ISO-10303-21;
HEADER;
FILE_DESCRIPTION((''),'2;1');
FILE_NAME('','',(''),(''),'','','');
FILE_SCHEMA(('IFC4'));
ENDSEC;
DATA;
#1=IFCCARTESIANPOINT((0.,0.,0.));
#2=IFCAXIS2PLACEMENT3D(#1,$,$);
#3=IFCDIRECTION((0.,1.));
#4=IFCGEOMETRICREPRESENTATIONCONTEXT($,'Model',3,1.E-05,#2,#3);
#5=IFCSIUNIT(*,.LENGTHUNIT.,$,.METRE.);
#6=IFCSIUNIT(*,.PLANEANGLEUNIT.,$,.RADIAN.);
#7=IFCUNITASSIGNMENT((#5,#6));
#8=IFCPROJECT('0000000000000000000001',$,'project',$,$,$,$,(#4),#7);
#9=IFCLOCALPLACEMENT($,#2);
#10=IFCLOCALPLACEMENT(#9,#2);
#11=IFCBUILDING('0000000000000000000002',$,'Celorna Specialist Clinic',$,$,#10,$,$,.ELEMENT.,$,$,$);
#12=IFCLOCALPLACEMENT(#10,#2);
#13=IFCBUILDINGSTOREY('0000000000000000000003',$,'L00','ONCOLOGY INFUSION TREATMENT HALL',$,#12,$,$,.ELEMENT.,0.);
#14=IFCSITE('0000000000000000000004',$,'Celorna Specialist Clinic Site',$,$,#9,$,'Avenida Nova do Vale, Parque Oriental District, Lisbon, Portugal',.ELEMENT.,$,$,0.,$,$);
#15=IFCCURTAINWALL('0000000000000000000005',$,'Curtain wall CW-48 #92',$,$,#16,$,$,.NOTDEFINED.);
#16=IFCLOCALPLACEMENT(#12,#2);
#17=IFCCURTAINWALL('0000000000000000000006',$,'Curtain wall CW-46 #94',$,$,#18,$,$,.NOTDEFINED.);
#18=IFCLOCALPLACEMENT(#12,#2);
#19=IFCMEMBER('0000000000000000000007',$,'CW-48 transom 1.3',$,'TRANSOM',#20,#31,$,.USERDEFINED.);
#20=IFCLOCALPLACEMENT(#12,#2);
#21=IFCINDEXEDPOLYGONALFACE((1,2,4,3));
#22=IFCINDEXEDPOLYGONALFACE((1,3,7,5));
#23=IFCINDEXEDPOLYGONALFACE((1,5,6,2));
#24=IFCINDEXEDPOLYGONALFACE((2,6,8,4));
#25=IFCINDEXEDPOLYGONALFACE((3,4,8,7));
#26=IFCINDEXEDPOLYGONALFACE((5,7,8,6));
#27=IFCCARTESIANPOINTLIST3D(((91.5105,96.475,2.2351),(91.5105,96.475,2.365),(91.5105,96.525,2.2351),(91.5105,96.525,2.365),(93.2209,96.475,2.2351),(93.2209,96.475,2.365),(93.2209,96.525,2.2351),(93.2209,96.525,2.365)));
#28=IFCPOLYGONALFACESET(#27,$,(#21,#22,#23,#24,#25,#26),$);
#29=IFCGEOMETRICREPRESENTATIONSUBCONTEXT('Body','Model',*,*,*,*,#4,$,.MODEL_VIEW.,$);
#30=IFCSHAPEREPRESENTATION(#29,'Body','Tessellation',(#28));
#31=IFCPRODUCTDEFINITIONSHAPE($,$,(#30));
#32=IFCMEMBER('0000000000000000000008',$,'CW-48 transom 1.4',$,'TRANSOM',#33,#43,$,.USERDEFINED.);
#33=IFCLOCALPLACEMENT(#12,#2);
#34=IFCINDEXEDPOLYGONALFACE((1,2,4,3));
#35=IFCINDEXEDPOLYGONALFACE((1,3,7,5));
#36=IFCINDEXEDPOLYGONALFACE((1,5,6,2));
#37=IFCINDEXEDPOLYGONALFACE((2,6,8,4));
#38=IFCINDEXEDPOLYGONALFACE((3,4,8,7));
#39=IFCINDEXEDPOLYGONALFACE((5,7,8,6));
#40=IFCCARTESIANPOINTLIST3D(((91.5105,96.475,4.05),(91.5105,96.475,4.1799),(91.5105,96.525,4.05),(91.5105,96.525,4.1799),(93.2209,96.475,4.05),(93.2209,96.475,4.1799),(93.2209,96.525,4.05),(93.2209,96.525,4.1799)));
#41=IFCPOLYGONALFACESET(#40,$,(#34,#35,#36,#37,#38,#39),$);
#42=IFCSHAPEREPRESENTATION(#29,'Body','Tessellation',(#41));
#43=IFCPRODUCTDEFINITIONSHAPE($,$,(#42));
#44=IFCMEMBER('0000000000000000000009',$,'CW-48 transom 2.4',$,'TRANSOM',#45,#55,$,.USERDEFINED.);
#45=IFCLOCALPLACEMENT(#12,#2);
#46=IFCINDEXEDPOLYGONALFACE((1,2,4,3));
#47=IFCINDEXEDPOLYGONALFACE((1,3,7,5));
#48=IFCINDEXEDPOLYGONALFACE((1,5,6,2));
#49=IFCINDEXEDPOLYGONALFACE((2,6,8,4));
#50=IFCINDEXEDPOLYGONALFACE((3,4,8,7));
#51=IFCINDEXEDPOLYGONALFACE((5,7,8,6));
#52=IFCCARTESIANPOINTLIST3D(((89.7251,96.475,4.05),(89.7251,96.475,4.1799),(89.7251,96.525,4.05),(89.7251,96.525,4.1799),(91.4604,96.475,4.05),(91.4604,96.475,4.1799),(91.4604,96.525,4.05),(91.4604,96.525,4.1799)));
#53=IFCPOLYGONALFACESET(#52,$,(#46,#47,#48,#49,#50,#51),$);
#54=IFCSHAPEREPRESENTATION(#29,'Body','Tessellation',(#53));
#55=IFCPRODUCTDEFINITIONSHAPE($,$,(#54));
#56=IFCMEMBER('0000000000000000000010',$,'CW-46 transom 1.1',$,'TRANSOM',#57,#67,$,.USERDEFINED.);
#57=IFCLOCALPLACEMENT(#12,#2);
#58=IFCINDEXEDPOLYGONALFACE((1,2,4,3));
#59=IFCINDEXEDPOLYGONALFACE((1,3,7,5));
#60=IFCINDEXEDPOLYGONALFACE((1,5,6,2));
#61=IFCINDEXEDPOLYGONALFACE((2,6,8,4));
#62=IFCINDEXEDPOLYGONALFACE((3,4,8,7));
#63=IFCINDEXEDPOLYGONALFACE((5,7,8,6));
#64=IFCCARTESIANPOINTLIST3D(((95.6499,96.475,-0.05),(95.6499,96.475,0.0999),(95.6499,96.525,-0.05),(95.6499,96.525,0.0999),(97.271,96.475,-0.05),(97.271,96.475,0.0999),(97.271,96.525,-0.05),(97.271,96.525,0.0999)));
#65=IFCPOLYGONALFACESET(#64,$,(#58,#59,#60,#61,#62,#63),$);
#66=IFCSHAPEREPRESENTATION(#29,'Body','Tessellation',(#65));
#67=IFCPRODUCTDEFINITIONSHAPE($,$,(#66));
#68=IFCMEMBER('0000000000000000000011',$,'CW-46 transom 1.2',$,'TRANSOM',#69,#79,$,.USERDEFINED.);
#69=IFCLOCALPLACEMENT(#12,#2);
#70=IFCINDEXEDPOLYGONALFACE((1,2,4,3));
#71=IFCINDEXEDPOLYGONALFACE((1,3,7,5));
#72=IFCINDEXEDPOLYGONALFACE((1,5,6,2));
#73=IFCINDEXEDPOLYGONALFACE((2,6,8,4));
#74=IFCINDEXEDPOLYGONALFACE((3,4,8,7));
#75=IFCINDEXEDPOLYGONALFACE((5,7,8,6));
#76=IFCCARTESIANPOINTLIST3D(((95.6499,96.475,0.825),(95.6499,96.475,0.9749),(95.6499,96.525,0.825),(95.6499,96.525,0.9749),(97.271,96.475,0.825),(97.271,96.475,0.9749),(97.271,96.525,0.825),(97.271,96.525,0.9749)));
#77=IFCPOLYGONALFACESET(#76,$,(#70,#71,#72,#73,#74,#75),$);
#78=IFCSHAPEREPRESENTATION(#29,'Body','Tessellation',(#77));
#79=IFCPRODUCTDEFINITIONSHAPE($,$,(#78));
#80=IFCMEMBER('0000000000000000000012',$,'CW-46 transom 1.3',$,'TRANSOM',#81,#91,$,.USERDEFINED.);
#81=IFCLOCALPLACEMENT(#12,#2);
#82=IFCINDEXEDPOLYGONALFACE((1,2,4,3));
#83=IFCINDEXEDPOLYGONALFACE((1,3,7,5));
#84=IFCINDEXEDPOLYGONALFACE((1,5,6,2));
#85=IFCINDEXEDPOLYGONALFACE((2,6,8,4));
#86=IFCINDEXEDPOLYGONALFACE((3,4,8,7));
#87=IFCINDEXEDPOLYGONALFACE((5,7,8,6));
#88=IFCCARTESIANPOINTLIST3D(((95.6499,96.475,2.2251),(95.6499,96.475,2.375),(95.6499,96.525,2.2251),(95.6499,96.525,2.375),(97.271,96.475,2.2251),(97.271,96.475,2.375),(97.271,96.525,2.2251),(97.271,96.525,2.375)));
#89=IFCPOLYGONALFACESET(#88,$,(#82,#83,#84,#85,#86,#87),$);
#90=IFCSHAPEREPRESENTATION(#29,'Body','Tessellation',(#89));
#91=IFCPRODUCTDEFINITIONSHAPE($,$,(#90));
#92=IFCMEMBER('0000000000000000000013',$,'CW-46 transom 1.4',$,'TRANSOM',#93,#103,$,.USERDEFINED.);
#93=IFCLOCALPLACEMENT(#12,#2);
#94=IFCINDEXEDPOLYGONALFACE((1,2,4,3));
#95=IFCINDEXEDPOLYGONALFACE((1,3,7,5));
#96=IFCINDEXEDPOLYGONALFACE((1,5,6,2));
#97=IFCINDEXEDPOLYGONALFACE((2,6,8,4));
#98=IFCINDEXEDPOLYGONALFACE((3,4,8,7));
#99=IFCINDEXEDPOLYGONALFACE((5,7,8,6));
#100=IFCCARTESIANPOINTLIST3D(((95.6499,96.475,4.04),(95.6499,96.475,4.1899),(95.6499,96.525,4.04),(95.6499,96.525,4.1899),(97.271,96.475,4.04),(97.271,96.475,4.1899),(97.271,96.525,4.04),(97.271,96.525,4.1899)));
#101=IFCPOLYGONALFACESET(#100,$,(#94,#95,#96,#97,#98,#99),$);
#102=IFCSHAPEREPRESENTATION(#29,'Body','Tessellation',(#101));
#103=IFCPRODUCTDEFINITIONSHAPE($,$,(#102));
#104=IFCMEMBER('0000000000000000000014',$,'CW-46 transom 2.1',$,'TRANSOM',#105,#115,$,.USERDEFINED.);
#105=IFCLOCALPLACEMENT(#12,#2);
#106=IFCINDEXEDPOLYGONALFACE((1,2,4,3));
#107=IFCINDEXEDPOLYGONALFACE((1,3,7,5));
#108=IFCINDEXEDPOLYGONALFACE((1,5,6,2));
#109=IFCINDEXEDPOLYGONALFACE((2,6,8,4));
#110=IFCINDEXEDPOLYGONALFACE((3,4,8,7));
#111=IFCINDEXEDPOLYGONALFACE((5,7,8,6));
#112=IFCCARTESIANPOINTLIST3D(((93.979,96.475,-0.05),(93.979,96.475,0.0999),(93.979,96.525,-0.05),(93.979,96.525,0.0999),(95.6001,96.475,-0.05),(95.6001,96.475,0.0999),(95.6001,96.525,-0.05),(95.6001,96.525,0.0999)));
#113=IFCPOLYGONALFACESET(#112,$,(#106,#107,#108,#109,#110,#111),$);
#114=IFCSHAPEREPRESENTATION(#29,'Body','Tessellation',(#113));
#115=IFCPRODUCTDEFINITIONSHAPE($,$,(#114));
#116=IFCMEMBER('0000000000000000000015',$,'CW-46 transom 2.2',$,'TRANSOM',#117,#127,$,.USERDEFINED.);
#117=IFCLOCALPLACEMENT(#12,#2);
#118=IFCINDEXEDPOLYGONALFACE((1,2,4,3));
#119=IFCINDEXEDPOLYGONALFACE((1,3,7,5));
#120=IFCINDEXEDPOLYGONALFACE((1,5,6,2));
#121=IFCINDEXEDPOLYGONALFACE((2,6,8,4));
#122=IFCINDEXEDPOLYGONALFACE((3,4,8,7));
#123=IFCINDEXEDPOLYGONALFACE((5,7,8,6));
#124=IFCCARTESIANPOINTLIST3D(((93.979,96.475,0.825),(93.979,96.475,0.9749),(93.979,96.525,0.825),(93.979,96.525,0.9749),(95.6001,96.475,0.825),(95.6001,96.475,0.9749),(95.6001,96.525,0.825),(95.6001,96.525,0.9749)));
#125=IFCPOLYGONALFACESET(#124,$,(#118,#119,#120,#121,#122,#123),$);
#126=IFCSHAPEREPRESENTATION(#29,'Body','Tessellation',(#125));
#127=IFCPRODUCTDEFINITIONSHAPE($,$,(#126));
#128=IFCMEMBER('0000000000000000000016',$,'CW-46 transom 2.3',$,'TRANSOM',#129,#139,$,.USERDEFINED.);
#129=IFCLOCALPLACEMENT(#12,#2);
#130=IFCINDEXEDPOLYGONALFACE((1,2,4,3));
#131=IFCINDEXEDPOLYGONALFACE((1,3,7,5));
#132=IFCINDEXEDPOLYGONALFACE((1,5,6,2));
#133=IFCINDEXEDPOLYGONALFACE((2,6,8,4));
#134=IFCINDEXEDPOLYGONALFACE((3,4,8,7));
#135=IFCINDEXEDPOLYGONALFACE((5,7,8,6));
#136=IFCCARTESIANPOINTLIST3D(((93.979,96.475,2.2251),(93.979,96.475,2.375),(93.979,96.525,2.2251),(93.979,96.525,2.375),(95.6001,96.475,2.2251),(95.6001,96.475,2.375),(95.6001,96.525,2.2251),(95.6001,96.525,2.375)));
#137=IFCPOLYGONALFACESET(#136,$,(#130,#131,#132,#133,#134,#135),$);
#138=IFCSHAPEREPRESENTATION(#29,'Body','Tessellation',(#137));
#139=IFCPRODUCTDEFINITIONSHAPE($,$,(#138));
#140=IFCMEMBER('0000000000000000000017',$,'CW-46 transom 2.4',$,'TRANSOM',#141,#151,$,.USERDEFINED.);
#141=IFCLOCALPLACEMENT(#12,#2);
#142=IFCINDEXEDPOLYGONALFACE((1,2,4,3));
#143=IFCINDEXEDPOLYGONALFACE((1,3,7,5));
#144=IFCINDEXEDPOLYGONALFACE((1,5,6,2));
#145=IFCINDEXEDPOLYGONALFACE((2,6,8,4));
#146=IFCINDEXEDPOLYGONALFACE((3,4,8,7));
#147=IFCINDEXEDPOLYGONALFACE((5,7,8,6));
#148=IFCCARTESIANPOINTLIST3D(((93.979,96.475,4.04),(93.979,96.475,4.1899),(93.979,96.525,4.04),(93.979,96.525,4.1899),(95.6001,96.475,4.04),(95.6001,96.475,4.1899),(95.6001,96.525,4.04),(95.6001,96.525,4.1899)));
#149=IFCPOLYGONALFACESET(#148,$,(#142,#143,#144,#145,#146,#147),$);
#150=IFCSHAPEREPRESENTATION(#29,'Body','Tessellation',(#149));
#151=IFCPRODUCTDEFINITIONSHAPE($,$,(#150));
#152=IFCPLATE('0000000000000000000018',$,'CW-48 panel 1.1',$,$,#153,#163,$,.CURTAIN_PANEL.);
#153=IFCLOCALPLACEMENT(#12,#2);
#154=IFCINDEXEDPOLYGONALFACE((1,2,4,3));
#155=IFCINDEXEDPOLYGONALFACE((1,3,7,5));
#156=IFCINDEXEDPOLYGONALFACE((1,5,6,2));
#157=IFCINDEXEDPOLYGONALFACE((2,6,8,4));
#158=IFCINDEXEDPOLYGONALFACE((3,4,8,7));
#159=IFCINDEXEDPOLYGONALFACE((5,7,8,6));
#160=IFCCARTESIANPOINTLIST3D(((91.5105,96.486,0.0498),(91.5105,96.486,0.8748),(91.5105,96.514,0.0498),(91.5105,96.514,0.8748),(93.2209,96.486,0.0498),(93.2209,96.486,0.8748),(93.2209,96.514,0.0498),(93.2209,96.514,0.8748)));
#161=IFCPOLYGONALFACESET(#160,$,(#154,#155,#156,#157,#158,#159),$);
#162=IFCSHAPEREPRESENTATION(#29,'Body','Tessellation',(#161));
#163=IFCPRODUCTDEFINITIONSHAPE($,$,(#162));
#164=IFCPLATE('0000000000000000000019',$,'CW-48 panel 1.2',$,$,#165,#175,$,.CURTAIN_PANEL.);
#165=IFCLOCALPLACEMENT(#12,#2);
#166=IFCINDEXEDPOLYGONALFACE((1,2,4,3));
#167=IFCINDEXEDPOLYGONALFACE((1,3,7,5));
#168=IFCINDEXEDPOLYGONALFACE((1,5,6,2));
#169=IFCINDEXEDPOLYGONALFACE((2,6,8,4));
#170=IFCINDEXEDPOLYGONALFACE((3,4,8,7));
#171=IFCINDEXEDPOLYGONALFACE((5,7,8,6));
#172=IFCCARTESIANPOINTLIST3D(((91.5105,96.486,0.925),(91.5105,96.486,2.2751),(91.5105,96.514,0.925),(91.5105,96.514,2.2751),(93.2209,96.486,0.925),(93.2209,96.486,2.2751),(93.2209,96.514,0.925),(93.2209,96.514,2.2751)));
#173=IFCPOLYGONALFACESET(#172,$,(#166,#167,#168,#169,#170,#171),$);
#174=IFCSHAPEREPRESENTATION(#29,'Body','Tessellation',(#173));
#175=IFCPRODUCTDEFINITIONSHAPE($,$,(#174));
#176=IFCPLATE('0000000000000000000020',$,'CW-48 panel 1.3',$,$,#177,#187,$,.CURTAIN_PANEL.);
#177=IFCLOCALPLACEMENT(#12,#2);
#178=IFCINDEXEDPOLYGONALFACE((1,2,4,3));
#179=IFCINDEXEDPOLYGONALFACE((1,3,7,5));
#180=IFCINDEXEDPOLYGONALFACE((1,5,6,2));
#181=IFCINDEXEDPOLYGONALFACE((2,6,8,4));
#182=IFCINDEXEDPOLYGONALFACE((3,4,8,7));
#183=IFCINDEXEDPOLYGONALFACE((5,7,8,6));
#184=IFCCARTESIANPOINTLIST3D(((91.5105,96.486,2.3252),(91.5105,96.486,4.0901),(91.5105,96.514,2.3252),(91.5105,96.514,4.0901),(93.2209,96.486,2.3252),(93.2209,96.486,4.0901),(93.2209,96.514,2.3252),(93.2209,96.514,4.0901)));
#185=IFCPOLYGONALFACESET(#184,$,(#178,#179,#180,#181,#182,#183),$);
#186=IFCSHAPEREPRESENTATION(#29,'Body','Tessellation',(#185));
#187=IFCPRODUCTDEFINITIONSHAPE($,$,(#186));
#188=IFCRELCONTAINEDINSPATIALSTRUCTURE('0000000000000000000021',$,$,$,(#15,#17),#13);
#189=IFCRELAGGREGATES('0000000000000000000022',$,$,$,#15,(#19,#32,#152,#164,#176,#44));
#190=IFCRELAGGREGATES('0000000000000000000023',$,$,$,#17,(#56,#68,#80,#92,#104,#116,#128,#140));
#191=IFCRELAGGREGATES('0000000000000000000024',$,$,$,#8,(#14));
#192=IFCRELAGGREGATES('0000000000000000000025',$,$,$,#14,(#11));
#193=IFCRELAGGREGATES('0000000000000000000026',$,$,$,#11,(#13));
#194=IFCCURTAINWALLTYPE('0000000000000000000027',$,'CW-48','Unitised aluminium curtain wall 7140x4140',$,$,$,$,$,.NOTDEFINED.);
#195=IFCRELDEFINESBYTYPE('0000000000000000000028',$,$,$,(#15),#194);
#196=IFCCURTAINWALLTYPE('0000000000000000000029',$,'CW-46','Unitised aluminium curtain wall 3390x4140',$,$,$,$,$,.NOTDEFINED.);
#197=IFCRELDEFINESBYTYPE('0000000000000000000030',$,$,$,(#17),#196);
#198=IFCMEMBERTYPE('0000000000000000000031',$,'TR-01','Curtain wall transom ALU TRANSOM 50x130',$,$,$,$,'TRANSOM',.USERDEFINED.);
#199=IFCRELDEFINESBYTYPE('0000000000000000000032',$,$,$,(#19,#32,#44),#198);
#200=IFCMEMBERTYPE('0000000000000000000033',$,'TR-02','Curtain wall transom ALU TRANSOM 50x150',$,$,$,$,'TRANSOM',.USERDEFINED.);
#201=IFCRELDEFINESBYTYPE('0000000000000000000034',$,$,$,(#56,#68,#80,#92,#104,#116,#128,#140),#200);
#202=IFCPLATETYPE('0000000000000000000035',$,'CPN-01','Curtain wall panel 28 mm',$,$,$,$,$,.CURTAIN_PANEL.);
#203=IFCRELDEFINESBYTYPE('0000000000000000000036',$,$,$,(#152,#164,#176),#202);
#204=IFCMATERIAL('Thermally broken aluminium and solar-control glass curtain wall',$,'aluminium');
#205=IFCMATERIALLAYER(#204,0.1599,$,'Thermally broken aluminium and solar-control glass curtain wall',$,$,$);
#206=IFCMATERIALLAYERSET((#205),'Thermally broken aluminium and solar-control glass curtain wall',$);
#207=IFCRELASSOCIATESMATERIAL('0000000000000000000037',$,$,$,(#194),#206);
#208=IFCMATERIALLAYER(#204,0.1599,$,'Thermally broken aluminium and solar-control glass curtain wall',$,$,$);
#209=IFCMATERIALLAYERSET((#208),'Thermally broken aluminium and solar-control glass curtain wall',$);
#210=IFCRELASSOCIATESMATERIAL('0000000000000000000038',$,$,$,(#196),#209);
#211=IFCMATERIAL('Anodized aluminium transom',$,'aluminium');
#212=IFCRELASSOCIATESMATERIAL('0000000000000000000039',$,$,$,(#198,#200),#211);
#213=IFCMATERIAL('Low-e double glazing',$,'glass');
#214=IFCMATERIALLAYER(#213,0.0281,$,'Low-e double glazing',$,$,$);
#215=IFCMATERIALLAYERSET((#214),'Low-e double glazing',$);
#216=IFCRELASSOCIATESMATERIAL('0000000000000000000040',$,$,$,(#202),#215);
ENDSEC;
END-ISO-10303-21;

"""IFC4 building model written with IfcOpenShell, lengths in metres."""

from ifc_helpers import new_model, si_unit, direction, frame, origin, origin_2d, place, context, subcontext, project, spatial, rectangle, extrude, material, layer, layer_set, material_profile, profile_set, type_object, element, aggregate, save


model = new_model("IFC4")

# Units and contexts
model_context = context("Model", 3, precision=1e-05, world=origin(), true_north=direction((0.0, 1.0)))
body_context = subcontext(model_context, "Body", "Model", "MODEL_VIEW")
ifc_project = project(units=[si_unit("LENGTHUNIT", "METRE"), si_unit("PLANEANGLEUNIT", "RADIAN")], contexts=[model_context])

# Site, building, storey
site_placement = place(None, origin())
site = spatial("IfcSite", under=ifc_project, at=site_placement, Name="Celorna Specialist Clinic Site", LongName="Avenida Nova do Vale, Parque Oriental District, Lisbon, Portugal", CompositionType="ELEMENT", RefElevation=0.0)
building_placement = place(site_placement, origin())
building = spatial("IfcBuilding", under=site, at=building_placement, Name="Celorna Specialist Clinic", CompositionType="ELEMENT")
storey_placement = place(building_placement, origin())
storey = spatial("IfcBuildingStorey", under=building, at=storey_placement, Name="L00", Description="ONCOLOGY INFUSION TREATMENT HALL", CompositionType="ELEMENT", Elevation=0.0)

# Curtain wall
ifc_material_1 = material(Name="Thermally broken aluminium and solar-control glass curtain wall", Category="aluminium")
ifc_layer_1 = layer(ifc_material_1, 0.1599, Name="Thermally broken aluminium and solar-control glass curtain wall")
ifc_layer_set_1 = layer_set([ifc_layer_1], Name="Thermally broken aluminium and solar-control glass curtain wall")
curtain_wall_type_1 = type_object("IfcCurtainWallType", Name="CW-48", Description="Unitised aluminium curtain wall 7140x4140", PredefinedType="NOTDEFINED", material=ifc_layer_set_1)
curtain_wall_1_placement = place(storey_placement, origin())
curtain_wall_1 = element("IfcCurtainWall", 1, at=curtain_wall_1_placement, inside=storey, type_object=curtain_wall_type_1, Name="Curtain wall CW-48 #92", PredefinedType="NOTDEFINED")

# Shared definitions
ifc_layer_2 = layer(ifc_material_1, 0.1599, Name="Thermally broken aluminium and solar-control glass curtain wall")
ifc_layer_set_2 = layer_set([ifc_layer_2], Name="Thermally broken aluminium and solar-control glass curtain wall")
curtain_wall_type_2 = type_object("IfcCurtainWallType", Name="CW-46", Description="Unitised aluminium curtain wall 3390x4140", PredefinedType="NOTDEFINED", material=ifc_layer_set_2)

# Curtain wall
curtain_wall_2_placement = place(storey_placement, origin())
curtain_wall_2 = element("IfcCurtainWall", 2, at=curtain_wall_2_placement, inside=storey, type_object=curtain_wall_type_2, Name="Curtain wall CW-46 #94", PredefinedType="NOTDEFINED")

# Members
ifc_material_2 = material(Name="Anodized aluminium transom", Category="aluminium")
ifc_material_profile_1 = material_profile(ifc_material_2, rectangle(XDim=0.05, YDim=0.1299, at=origin_2d()), Name="ALU TRANSOM 50x130")
ifc_profile_set_1 = profile_set([ifc_material_profile_1], Name="Anodized aluminium transom")
member_type_1 = type_object("IfcMemberType", Name="TR-01", Description="Curtain wall transom ALU TRANSOM 50x130", ElementType="TRANSOM", PredefinedType="USERDEFINED", material=ifc_profile_set_1)
member_1_placement = place(storey_placement, frame((93.2209, 96.5, 2.3), z_axis=(-1.0, 0.0, 0.0), x_axis=(0.0, -1.0, 0.0)))
member_1 = element("IfcMember", 3, at=member_1_placement, type_object=member_type_1, Name="CW-48 transom 1.3", ObjectType="TRANSOM", PredefinedType="USERDEFINED", context=body_context, shape_type="SweptSolid", body=[
    extrude(rectangle(XDim=0.05, YDim=0.1299, at=origin_2d()), origin(), (0.0, 0.0, 1.0), 1.7104),
])
member_2_placement = place(storey_placement, frame((93.2209, 96.5, 4.115), z_axis=(-1.0, 0.0, 0.0), x_axis=(0.0, -1.0, 0.0)))
member_2 = element("IfcMember", 4, at=member_2_placement, type_object=member_type_1, Name="CW-48 transom 1.4", ObjectType="TRANSOM", PredefinedType="USERDEFINED", context=body_context, shape_type="SweptSolid", body=[
    extrude(rectangle(XDim=0.05, YDim=0.1299, at=origin_2d()), origin(), (0.0, 0.0, 1.0), 1.7104),
])
member_3_placement = place(storey_placement, frame((91.4604, 96.5, 4.115), z_axis=(-1.0, 0.0, 0.0), x_axis=(0.0, -1.0, 0.0)))
member_3 = element("IfcMember", 5, at=member_3_placement, type_object=member_type_1, Name="CW-48 transom 2.4", ObjectType="TRANSOM", PredefinedType="USERDEFINED", context=body_context, shape_type="SweptSolid", body=[
    extrude(rectangle(XDim=0.05, YDim=0.1299, at=origin_2d()), origin(), (0.0, 0.0, 1.0), 1.7354),
])
ifc_material_profile_2 = material_profile(ifc_material_2, rectangle(XDim=0.05, YDim=0.1499, at=origin_2d()), Name="ALU TRANSOM 50x150")
ifc_profile_set_2 = profile_set([ifc_material_profile_2], Name="Anodized aluminium transom")
member_type_2 = type_object("IfcMemberType", Name="TR-02", Description="Curtain wall transom ALU TRANSOM 50x150", ElementType="TRANSOM", PredefinedType="USERDEFINED", material=ifc_profile_set_2)
member_4_placement = place(storey_placement, frame((97.271, 96.5, 0.0249), z_axis=(-1.0, 0.0, 0.0), x_axis=(0.0, -1.0, 0.0)))
member_4 = element("IfcMember", 6, at=member_4_placement, type_object=member_type_2, Name="CW-46 transom 1.1", ObjectType="TRANSOM", PredefinedType="USERDEFINED", context=body_context, shape_type="SweptSolid", body=[
    extrude(rectangle(XDim=0.05, YDim=0.1499, at=origin_2d()), origin(), (0.0, 0.0, 1.0), 1.6211),
])
member_5_placement = place(storey_placement, frame((97.271, 96.5, 0.8999), z_axis=(-1.0, 0.0, 0.0), x_axis=(0.0, -1.0, 0.0)))
member_5 = element("IfcMember", 7, at=member_5_placement, type_object=member_type_2, Name="CW-46 transom 1.2", ObjectType="TRANSOM", PredefinedType="USERDEFINED", context=body_context, shape_type="SweptSolid", body=[
    extrude(rectangle(XDim=0.05, YDim=0.1499, at=origin_2d()), origin(), (0.0, 0.0, 1.0), 1.6211),
])
member_6_placement = place(storey_placement, frame((97.271, 96.5, 2.3), z_axis=(-1.0, 0.0, 0.0), x_axis=(0.0, -1.0, 0.0)))
member_6 = element("IfcMember", 8, at=member_6_placement, type_object=member_type_2, Name="CW-46 transom 1.3", ObjectType="TRANSOM", PredefinedType="USERDEFINED", context=body_context, shape_type="SweptSolid", body=[
    extrude(rectangle(XDim=0.05, YDim=0.1499, at=origin_2d()), origin(), (0.0, 0.0, 1.0), 1.6211),
])
member_7_placement = place(storey_placement, frame((97.271, 96.5, 4.115), z_axis=(-1.0, 0.0, 0.0), x_axis=(0.0, -1.0, 0.0)))
member_7 = element("IfcMember", 9, at=member_7_placement, type_object=member_type_2, Name="CW-46 transom 1.4", ObjectType="TRANSOM", PredefinedType="USERDEFINED", context=body_context, shape_type="SweptSolid", body=[
    extrude(rectangle(XDim=0.05, YDim=0.1499, at=origin_2d()), origin(), (0.0, 0.0, 1.0), 1.6211),
])
member_8_placement = place(storey_placement, frame((95.6001, 96.5, 0.0249), z_axis=(-1.0, 0.0, 0.0), x_axis=(0.0, -1.0, 0.0)))
member_8 = element("IfcMember", 10, at=member_8_placement, type_object=member_type_2, Name="CW-46 transom 2.1", ObjectType="TRANSOM", PredefinedType="USERDEFINED", context=body_context, shape_type="SweptSolid", body=[
    extrude(rectangle(XDim=0.05, YDim=0.1499, at=origin_2d()), origin(), (0.0, 0.0, 1.0), 1.6211),
])
member_9_placement = place(storey_placement, frame((95.6001, 96.5, 0.8999), z_axis=(-1.0, 0.0, 0.0), x_axis=(0.0, -1.0, 0.0)))
member_9 = element("IfcMember", 11, at=member_9_placement, type_object=member_type_2, Name="CW-46 transom 2.2", ObjectType="TRANSOM", PredefinedType="USERDEFINED", context=body_context, shape_type="SweptSolid", body=[
    extrude(rectangle(XDim=0.05, YDim=0.1499, at=origin_2d()), origin(), (0.0, 0.0, 1.0), 1.6211),
])
member_10_placement = place(storey_placement, frame((95.6001, 96.5, 2.3), z_axis=(-1.0, 0.0, 0.0), x_axis=(0.0, -1.0, 0.0)))
member_10 = element("IfcMember", 12, at=member_10_placement, type_object=member_type_2, Name="CW-46 transom 2.3", ObjectType="TRANSOM", PredefinedType="USERDEFINED", context=body_context, shape_type="SweptSolid", body=[
    extrude(rectangle(XDim=0.05, YDim=0.1499, at=origin_2d()), origin(), (0.0, 0.0, 1.0), 1.6211),
])
member_11_placement = place(storey_placement, frame((95.6001, 96.5, 4.115), z_axis=(-1.0, 0.0, 0.0), x_axis=(0.0, -1.0, 0.0)))
member_11 = element("IfcMember", 13, at=member_11_placement, type_object=member_type_2, Name="CW-46 transom 2.4", ObjectType="TRANSOM", PredefinedType="USERDEFINED", context=body_context, shape_type="SweptSolid", body=[
    extrude(rectangle(XDim=0.05, YDim=0.1499, at=origin_2d()), origin(), (0.0, 0.0, 1.0), 1.6211),
])

# Plates
ifc_material_3 = material(Name="Low-e double glazing", Category="glass")
ifc_layer_3 = layer(ifc_material_3, 0.0281, Name="Low-e double glazing")
ifc_layer_set_3 = layer_set([ifc_layer_3], Name="Low-e double glazing")
plate_type_1 = type_object("IfcPlateType", Name="CPN-01", Description="Curtain wall panel 28 mm", PredefinedType="CURTAIN_PANEL", material=ifc_layer_set_3)
plate_1_placement = place(storey_placement, frame((92.3657, 96.5, 0.0498), z_axis=(0.0, 0.0, 1.0), x_axis=(-1.0, 0.0, 0.0)))
plate_1 = element("IfcPlate", 14, at=plate_1_placement, type_object=plate_type_1, Name="CW-48 panel 1.1", PredefinedType="CURTAIN_PANEL", context=body_context, shape_type="SweptSolid", body=[
    extrude(rectangle(XDim=1.7104, YDim=0.0281, at=origin_2d()), origin(), (0.0, 0.0, 1.0), 0.825),
])
plate_2_placement = place(storey_placement, frame((92.3657, 96.5, 0.925), z_axis=(0.0, 0.0, 1.0), x_axis=(-1.0, 0.0, 0.0)))
plate_2 = element("IfcPlate", 15, at=plate_2_placement, type_object=plate_type_1, Name="CW-48 panel 1.2", PredefinedType="CURTAIN_PANEL", context=body_context, shape_type="SweptSolid", body=[
    extrude(rectangle(XDim=1.7104, YDim=0.0281, at=origin_2d()), origin(), (0.0, 0.0, 1.0), 1.3501),
])
plate_3_placement = place(storey_placement, frame((92.3657, 96.5, 2.3252), z_axis=(0.0, 0.0, 1.0), x_axis=(-1.0, 0.0, 0.0)))
plate_3 = element("IfcPlate", 16, at=plate_3_placement, type_object=plate_type_1, Name="CW-48 panel 1.3", PredefinedType="CURTAIN_PANEL", context=body_context, shape_type="SweptSolid", body=[
    extrude(rectangle(XDim=1.7104, YDim=0.0281, at=origin_2d()), origin(), (0.0, 0.0, 1.0), 1.7649),
])
aggregate(curtain_wall_1, [member_1, member_2, plate_1, plate_2, plate_3, member_3])
aggregate(curtain_wall_2, [member_4, member_5, member_6, member_7, member_8, member_9, member_10, member_11])

save(model, "model.ifc")
